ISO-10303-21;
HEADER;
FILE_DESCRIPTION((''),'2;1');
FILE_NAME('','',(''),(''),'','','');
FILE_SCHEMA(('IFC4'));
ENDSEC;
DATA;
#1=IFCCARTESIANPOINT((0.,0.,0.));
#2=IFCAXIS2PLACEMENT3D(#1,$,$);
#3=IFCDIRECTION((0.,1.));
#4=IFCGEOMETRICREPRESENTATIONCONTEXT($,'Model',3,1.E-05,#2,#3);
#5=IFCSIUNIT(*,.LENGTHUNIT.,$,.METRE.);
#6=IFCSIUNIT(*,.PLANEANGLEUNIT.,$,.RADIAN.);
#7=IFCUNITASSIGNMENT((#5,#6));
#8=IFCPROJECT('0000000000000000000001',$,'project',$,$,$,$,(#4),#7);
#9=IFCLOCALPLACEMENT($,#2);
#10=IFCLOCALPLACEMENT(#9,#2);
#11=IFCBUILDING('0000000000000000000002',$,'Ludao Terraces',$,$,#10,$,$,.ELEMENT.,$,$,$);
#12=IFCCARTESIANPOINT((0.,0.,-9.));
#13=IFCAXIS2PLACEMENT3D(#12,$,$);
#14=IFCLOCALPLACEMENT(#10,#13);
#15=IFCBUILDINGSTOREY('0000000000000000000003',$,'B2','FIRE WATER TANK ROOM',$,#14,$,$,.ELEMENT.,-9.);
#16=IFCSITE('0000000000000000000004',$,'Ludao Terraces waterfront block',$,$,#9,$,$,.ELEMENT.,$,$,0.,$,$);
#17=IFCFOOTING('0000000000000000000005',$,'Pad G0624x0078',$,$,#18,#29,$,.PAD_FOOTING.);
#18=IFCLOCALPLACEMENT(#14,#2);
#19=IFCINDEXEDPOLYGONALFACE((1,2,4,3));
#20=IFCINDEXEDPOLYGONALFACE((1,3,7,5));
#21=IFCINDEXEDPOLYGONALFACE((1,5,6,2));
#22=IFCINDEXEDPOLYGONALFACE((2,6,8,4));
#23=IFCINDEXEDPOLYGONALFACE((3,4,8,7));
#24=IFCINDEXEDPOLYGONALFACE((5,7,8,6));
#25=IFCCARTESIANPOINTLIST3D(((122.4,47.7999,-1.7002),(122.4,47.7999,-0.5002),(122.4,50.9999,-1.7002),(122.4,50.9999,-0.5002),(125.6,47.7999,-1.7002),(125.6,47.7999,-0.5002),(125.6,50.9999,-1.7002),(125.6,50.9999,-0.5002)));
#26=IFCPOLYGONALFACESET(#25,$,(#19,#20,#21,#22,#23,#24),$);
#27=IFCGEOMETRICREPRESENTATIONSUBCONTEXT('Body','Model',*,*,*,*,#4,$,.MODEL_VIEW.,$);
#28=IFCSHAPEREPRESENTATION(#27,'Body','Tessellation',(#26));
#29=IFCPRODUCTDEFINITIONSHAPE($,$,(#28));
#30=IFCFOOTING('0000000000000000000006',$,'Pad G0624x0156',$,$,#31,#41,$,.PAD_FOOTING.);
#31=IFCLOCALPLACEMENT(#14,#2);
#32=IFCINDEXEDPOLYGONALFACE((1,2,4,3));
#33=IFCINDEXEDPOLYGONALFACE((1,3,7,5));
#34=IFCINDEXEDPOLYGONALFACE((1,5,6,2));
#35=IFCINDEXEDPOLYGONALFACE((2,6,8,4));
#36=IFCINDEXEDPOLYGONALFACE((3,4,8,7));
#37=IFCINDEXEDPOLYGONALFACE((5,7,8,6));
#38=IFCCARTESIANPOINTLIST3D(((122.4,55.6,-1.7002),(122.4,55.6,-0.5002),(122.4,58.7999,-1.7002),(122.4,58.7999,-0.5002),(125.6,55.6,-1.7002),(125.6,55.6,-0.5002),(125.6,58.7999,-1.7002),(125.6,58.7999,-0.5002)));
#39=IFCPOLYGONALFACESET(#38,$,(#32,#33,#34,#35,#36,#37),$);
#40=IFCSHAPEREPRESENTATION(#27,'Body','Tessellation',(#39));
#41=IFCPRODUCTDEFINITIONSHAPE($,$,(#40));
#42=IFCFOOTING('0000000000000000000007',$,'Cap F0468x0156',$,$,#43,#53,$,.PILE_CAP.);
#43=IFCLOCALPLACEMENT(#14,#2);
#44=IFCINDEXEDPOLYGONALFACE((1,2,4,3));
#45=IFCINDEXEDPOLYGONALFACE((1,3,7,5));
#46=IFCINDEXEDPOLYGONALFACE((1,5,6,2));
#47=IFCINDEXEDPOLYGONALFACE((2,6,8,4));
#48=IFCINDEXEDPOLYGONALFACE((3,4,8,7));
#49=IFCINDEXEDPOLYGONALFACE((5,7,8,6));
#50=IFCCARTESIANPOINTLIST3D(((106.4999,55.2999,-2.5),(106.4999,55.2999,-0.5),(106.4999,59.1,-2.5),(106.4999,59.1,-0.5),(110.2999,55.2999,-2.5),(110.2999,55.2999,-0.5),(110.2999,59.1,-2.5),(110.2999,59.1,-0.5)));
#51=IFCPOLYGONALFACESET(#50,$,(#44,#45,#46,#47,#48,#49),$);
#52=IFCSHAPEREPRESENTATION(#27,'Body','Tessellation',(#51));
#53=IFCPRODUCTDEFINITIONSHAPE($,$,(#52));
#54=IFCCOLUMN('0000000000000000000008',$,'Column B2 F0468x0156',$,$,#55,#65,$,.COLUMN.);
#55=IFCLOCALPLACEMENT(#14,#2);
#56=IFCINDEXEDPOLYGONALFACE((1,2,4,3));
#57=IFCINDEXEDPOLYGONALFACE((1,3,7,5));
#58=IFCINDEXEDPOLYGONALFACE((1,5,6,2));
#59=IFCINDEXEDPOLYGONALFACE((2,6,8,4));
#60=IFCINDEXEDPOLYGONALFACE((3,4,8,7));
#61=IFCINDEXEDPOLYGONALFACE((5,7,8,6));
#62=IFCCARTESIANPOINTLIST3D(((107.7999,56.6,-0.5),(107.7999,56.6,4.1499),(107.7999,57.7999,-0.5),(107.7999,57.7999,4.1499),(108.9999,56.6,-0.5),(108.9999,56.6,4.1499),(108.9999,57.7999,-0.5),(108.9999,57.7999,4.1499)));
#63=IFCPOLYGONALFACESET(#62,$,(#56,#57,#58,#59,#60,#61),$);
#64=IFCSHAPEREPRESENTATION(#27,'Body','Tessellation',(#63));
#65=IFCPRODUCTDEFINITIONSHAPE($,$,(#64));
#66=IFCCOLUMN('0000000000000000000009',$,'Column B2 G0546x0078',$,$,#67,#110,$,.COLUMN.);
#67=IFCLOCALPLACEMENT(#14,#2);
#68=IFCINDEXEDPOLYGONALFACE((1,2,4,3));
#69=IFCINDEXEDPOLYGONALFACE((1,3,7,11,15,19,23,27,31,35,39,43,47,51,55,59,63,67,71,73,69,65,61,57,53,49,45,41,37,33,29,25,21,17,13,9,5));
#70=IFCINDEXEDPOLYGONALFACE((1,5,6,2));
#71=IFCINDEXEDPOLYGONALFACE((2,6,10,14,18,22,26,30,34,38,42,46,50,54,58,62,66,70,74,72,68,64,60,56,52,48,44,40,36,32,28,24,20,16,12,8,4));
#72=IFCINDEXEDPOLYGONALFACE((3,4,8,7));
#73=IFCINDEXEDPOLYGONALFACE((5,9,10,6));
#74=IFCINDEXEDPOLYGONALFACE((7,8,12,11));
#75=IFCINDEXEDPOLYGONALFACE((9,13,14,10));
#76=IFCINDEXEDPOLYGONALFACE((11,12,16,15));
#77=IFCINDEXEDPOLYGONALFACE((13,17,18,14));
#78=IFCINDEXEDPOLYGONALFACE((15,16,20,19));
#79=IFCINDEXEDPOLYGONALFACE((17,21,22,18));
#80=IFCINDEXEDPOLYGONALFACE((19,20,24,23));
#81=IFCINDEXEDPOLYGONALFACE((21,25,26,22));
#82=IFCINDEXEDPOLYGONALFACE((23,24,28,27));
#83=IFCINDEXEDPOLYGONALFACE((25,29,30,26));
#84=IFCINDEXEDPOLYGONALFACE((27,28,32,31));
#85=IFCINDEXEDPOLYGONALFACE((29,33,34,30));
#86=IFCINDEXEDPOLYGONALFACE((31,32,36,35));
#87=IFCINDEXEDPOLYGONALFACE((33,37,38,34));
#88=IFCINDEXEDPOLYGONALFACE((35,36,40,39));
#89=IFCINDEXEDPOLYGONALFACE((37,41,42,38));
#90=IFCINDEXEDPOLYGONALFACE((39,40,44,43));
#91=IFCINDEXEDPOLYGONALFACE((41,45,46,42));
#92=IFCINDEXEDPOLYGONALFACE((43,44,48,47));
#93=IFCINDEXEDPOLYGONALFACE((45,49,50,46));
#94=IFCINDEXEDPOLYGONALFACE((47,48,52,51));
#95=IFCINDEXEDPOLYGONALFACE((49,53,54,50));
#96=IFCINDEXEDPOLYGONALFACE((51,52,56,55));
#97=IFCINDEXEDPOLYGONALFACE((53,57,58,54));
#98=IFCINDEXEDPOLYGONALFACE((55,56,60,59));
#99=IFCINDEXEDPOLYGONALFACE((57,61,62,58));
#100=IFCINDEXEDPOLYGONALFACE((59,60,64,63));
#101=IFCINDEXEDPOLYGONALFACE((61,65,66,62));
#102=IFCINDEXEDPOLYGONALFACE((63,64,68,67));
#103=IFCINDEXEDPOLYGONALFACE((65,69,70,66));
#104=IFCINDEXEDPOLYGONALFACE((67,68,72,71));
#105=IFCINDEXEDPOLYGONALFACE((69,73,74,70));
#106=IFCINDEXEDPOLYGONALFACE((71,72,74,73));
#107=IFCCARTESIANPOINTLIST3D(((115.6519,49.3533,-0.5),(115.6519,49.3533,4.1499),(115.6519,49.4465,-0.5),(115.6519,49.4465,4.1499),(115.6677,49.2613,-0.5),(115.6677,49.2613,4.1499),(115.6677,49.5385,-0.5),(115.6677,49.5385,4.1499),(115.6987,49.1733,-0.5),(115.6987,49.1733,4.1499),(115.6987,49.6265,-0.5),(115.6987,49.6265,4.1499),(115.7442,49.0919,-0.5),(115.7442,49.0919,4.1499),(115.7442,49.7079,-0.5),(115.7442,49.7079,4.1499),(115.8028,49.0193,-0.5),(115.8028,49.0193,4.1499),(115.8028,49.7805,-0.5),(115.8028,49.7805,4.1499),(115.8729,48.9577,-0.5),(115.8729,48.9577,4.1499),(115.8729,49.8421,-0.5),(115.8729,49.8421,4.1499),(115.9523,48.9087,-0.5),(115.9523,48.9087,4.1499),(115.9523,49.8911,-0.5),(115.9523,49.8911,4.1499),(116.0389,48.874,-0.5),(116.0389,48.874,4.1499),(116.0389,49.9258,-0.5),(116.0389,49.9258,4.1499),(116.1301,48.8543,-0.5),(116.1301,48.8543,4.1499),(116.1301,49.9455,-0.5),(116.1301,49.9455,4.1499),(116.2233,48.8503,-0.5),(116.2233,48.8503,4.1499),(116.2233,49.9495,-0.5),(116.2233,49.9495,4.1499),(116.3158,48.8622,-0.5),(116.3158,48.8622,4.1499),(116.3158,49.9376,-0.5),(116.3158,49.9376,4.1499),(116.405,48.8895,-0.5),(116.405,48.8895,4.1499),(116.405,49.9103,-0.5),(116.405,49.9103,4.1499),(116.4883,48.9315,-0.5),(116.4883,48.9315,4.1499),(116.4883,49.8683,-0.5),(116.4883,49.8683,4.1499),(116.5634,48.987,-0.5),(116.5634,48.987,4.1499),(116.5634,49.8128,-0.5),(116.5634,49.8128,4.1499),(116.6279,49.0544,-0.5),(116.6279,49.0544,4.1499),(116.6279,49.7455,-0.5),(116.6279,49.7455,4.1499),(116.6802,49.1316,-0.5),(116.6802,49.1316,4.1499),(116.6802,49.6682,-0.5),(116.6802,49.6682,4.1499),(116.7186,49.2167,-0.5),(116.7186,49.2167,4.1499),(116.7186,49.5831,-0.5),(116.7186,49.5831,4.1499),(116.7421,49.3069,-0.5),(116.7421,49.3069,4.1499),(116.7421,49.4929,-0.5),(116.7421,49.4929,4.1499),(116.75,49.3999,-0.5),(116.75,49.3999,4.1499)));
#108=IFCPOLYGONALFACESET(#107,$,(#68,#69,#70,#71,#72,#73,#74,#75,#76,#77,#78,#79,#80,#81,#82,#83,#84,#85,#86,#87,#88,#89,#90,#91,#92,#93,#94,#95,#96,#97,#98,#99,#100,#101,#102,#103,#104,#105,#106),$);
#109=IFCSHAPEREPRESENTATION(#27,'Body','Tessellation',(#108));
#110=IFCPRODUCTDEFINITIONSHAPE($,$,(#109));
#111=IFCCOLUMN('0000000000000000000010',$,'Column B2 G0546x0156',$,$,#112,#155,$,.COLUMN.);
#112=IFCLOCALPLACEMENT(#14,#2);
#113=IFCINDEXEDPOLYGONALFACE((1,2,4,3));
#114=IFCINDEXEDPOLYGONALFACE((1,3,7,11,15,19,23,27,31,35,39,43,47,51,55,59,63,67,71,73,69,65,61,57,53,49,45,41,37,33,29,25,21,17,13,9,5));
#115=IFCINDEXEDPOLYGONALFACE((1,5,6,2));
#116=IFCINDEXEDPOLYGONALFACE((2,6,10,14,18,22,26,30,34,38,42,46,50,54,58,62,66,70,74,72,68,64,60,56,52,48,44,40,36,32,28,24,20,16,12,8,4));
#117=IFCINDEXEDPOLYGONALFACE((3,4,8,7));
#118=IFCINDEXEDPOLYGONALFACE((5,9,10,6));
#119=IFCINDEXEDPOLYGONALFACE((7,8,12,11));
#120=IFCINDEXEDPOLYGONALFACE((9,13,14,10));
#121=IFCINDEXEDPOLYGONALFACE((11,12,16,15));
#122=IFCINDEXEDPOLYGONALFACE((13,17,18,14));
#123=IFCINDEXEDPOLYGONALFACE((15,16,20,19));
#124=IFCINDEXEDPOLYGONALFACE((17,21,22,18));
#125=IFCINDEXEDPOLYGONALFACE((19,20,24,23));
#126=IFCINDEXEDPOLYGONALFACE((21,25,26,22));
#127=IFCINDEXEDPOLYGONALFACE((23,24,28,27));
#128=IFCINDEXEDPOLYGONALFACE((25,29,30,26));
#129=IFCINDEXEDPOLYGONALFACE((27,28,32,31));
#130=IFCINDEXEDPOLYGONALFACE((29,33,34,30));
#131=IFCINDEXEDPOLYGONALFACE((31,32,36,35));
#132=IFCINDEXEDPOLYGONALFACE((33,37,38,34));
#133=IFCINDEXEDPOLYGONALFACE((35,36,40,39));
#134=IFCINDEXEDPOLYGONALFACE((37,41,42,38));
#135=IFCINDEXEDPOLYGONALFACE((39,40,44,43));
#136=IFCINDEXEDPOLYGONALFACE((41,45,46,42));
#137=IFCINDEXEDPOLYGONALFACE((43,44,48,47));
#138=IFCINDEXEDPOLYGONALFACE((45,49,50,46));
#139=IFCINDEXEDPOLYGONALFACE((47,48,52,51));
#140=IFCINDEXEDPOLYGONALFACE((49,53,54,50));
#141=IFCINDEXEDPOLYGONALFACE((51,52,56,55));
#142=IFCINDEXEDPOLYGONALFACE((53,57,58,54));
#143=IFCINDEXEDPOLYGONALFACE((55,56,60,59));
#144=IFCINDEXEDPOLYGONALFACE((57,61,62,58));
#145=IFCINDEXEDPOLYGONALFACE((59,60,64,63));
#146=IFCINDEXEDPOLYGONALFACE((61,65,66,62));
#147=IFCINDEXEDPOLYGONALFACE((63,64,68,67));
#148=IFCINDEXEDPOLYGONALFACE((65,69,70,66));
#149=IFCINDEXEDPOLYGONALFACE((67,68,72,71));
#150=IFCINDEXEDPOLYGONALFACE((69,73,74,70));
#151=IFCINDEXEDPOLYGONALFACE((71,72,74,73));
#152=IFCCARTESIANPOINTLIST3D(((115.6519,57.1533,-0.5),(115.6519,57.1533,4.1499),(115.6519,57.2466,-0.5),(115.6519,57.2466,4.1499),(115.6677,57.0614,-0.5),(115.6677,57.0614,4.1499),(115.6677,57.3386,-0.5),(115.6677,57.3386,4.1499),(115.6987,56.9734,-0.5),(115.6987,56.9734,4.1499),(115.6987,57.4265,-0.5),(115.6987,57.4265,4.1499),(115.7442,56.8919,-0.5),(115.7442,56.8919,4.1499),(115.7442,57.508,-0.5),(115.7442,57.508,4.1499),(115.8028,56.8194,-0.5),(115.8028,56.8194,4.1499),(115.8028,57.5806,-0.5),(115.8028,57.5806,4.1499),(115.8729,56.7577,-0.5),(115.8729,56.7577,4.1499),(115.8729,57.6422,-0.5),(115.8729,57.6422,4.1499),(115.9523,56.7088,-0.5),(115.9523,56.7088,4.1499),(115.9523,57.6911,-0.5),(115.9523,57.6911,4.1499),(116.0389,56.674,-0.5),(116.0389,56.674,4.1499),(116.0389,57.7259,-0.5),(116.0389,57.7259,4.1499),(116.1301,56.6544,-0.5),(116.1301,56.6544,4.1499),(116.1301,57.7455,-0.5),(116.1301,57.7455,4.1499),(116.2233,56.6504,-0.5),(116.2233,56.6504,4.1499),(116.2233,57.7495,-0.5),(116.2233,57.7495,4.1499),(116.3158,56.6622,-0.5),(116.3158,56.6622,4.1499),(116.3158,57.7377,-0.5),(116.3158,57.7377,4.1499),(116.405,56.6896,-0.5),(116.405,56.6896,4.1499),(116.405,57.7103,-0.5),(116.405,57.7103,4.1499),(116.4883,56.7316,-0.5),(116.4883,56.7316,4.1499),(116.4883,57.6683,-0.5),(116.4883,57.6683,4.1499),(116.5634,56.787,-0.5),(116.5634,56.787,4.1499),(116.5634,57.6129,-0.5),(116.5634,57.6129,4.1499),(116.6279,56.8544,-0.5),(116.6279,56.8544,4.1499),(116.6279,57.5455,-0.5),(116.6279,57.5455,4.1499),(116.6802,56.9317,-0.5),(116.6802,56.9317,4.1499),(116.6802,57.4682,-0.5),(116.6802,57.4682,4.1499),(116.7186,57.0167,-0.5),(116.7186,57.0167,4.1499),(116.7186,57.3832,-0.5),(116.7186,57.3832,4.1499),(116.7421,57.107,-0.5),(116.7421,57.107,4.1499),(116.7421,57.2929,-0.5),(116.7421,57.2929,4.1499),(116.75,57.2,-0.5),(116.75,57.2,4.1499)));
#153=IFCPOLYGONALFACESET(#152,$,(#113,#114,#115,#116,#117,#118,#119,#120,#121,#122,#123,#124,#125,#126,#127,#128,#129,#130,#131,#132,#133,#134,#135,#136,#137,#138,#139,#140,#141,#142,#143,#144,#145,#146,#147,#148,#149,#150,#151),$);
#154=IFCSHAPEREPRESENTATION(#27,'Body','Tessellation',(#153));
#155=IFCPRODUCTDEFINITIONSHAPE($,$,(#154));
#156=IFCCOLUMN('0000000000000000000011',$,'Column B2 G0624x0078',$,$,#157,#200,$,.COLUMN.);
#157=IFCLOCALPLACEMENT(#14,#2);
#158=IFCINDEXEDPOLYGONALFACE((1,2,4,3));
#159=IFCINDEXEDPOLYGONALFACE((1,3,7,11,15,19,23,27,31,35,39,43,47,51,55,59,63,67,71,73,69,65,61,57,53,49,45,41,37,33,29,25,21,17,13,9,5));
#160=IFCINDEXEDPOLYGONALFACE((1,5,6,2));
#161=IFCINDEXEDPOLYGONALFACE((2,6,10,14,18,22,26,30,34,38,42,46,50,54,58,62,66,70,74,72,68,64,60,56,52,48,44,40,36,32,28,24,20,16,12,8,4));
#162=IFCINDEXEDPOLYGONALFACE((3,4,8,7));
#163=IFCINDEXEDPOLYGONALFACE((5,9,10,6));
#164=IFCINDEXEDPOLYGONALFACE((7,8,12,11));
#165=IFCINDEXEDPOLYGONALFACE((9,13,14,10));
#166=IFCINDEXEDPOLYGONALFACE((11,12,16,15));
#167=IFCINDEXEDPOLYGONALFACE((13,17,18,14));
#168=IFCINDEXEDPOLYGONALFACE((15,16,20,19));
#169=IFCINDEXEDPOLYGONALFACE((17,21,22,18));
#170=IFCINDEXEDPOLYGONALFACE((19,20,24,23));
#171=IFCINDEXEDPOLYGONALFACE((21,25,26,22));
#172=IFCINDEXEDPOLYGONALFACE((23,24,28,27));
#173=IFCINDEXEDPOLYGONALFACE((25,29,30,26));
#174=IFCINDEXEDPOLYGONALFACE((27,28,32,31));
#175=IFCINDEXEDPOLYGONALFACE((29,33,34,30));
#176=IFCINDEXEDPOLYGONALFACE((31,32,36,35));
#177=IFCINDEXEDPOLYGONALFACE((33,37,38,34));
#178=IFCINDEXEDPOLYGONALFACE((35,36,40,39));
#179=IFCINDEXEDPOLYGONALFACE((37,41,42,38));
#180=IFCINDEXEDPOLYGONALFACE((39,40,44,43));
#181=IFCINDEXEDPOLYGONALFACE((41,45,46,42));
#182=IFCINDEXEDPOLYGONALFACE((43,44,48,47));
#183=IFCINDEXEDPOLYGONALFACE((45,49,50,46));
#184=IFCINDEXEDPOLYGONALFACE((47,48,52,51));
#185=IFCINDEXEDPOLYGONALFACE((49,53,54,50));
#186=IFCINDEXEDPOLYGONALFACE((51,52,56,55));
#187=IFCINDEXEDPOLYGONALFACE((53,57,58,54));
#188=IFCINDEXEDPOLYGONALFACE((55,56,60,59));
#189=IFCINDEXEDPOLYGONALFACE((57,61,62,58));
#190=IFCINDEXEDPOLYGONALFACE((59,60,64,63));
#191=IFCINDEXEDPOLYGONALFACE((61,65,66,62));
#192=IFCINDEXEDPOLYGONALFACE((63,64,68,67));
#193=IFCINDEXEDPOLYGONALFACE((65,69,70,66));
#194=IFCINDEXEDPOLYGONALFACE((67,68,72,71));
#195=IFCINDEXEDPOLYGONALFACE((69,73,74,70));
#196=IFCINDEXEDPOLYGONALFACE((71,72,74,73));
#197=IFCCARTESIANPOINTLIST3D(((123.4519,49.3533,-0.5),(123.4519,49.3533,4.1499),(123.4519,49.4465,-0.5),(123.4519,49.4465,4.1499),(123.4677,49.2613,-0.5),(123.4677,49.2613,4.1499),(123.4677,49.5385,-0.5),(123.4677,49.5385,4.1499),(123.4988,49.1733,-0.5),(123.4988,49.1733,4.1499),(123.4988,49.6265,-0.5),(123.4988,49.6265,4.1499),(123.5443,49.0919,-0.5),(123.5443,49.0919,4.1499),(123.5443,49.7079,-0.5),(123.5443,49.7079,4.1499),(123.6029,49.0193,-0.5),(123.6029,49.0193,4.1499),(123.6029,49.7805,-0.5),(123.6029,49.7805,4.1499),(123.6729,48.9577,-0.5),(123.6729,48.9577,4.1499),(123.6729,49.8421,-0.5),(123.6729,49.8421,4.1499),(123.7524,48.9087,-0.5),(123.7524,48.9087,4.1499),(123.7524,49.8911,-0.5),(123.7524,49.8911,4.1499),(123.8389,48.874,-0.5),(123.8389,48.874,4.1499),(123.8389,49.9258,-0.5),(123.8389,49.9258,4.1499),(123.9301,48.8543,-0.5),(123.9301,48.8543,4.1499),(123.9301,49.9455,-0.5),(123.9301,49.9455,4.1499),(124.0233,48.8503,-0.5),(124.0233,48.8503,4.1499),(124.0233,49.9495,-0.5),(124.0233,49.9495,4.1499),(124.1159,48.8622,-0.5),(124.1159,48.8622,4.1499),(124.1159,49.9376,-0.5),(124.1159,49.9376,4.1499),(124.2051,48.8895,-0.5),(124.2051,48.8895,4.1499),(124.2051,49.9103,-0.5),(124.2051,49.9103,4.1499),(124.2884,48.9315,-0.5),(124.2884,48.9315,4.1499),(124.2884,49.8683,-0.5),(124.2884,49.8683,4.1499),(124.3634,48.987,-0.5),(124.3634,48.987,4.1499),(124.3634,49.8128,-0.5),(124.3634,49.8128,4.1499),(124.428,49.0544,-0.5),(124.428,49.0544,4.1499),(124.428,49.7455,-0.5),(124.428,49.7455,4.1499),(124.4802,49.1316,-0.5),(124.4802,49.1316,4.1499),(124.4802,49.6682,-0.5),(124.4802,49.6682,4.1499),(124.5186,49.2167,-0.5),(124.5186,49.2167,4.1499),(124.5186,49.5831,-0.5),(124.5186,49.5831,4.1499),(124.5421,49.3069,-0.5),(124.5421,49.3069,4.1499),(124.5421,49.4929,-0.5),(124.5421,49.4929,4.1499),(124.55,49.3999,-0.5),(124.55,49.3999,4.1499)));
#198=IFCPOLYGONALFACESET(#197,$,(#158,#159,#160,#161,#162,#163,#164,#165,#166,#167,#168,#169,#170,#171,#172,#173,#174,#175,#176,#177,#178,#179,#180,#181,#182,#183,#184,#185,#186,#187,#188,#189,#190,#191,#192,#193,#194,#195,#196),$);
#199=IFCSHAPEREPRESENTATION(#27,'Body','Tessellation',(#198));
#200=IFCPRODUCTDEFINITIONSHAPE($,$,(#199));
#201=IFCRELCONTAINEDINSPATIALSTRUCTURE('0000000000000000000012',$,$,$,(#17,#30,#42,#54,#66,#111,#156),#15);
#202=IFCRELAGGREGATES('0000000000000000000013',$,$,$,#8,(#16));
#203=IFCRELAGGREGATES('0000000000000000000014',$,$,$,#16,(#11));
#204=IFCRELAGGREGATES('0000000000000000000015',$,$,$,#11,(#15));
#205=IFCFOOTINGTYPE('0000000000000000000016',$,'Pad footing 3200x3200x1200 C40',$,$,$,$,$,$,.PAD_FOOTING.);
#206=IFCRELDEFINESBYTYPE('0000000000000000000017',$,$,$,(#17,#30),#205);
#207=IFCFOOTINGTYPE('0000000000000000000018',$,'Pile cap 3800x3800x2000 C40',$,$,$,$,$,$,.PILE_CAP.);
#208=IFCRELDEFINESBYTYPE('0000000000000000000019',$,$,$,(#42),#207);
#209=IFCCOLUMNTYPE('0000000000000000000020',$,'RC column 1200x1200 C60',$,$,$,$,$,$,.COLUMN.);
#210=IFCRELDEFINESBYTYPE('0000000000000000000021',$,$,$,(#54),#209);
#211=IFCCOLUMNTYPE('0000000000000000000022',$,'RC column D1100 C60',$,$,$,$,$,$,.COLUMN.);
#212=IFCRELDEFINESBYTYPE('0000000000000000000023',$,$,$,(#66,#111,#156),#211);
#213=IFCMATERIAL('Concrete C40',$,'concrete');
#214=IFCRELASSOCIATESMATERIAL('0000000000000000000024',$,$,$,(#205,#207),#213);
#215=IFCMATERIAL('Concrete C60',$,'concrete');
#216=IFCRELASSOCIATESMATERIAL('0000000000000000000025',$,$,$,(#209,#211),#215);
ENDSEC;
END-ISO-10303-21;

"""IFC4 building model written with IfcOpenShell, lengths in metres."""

from ifc_helpers import new_model, si_unit, direction, frame, origin, origin_2d, place, context, subcontext, project, spatial, rectangle, circle, extrude, material, material_profile, profile_set, type_object, element, save


model = new_model("IFC4")

# Units and contexts
model_context = context("Model", 3, precision=1e-05, world=origin(), true_north=direction((0.0, 1.0)))
body_context = subcontext(model_context, "Body", "Model", "MODEL_VIEW")
ifc_project = project(units=[si_unit("LENGTHUNIT", "METRE"), si_unit("PLANEANGLEUNIT", "RADIAN")], contexts=[model_context])

# Site, building, storey
site_placement = place(None, origin())
site = spatial("IfcSite", under=ifc_project, at=site_placement, Name="Ludao Terraces waterfront block", CompositionType="ELEMENT", RefElevation=0.0)
building_placement = place(site_placement, origin())
building = spatial("IfcBuilding", under=site, at=building_placement, Name="Ludao Terraces", CompositionType="ELEMENT")
storey_placement = place(building_placement, frame((0.0, 0.0, -9.0)))
storey = spatial("IfcBuildingStorey", under=building, at=storey_placement, Name="B2", Description="FIRE WATER TANK ROOM", CompositionType="ELEMENT", Elevation=-9.0)

# Shared definitions
ifc_material_1 = material(Name="Concrete C40", Category="concrete")

# Footings
footing_type_1 = type_object("IfcFootingType", Name="Pad footing 3200x3200x1200 C40", PredefinedType="PAD_FOOTING", material=ifc_material_1)
for number, where, z_axis, x_axis, name in (
    (1, (124.0, 49.3999, -1.7002), (0.0, 0.0, 1.0), (1.0, 0.0, 0.0), "Pad G0624x0078"),
    (2, (124.0, 57.2, -1.7002), (0.0, 0.0, 1.0), (1.0, 0.0, 0.0), "Pad G0624x0156"),
):
    element("IfcFooting", number, at=place(storey_placement, frame(where, z_axis=z_axis, x_axis=x_axis)), inside=storey, type_object=footing_type_1, Name=name, PredefinedType="PAD_FOOTING", context=body_context, shape_type="SweptSolid", body=[
        extrude(rectangle(XDim=3.2, YDim=3.2, at=origin_2d()), origin(), (0.0, 0.0, 1.0), 1.2),
    ])
footing_type_2 = type_object("IfcFootingType", Name="Pile cap 3800x3800x2000 C40", PredefinedType="PILE_CAP", material=ifc_material_1)
footing_placement = place(storey_placement, frame((108.3999, 57.2, -2.5), z_axis=(0.0, 0.0, 1.0), x_axis=(1.0, 0.0, 0.0)))
element("IfcFooting", 3, at=footing_placement, inside=storey, type_object=footing_type_2, Name="Cap F0468x0156", PredefinedType="PILE_CAP", context=body_context, shape_type="SweptSolid", body=[
    extrude(rectangle(XDim=3.8, YDim=3.8, at=origin_2d()), origin(), (0.0, 0.0, 1.0), 2.0),
])

# Columns
ifc_material_2 = material(Name="Concrete C60", Category="concrete")
ifc_material_profile_1 = material_profile(ifc_material_2, rectangle(XDim=1.2, YDim=1.2, at=origin_2d()), Name="1200 X 1200")
ifc_profile_set_1 = profile_set([ifc_material_profile_1], Name="Concrete C60")
column_type_1 = type_object("IfcColumnType", Name="RC column 1200x1200 C60", PredefinedType="COLUMN", material=ifc_profile_set_1)
column_placement = place(storey_placement, frame((108.3999, 57.2, -0.5), z_axis=(0.0, 0.0, 1.0), x_axis=(1.0, 0.0, 0.0)))
element("IfcColumn", 4, at=column_placement, inside=storey, type_object=column_type_1, Name="Column B2 F0468x0156", PredefinedType="COLUMN", context=body_context, shape_type="SweptSolid", body=[
    extrude(rectangle(XDim=1.2, YDim=1.2, at=origin_2d()), origin(), (0.0, 0.0, 1.0), 4.6499),
])
ifc_material_profile_2 = material_profile(ifc_material_2, circle(Radius=0.55, at=origin_2d()), Name="D1100")
ifc_profile_set_2 = profile_set([ifc_material_profile_2], Name="Concrete C60")
column_type_2 = type_object("IfcColumnType", Name="RC column D1100 C60", PredefinedType="COLUMN", material=ifc_profile_set_2)
for number, where, z_axis, x_axis, name in (
    (5, (116.2, 49.3999, -0.5), (0.0, 0.0, 1.0), (1.0, 0.0, 0.0), "Column B2 G0546x0078"),
    (6, (116.2, 57.2, -0.5), (0.0, 0.0, 1.0), (1.0, 0.0, 0.0), "Column B2 G0546x0156"),
    (7, (124.0, 49.3999, -0.5), (0.0, 0.0, 1.0), (1.0, 0.0, 0.0), "Column B2 G0624x0078"),
):
    element("IfcColumn", number, at=place(storey_placement, frame(where, z_axis=z_axis, x_axis=x_axis)), inside=storey, type_object=column_type_2, Name=name, PredefinedType="COLUMN", context=body_context, shape_type="SweptSolid", body=[
        extrude(circle(Radius=0.55, at=origin_2d()), origin(), (0.0, 0.0, 1.0), 4.6499),
    ])

save(model, "model.ifc")
